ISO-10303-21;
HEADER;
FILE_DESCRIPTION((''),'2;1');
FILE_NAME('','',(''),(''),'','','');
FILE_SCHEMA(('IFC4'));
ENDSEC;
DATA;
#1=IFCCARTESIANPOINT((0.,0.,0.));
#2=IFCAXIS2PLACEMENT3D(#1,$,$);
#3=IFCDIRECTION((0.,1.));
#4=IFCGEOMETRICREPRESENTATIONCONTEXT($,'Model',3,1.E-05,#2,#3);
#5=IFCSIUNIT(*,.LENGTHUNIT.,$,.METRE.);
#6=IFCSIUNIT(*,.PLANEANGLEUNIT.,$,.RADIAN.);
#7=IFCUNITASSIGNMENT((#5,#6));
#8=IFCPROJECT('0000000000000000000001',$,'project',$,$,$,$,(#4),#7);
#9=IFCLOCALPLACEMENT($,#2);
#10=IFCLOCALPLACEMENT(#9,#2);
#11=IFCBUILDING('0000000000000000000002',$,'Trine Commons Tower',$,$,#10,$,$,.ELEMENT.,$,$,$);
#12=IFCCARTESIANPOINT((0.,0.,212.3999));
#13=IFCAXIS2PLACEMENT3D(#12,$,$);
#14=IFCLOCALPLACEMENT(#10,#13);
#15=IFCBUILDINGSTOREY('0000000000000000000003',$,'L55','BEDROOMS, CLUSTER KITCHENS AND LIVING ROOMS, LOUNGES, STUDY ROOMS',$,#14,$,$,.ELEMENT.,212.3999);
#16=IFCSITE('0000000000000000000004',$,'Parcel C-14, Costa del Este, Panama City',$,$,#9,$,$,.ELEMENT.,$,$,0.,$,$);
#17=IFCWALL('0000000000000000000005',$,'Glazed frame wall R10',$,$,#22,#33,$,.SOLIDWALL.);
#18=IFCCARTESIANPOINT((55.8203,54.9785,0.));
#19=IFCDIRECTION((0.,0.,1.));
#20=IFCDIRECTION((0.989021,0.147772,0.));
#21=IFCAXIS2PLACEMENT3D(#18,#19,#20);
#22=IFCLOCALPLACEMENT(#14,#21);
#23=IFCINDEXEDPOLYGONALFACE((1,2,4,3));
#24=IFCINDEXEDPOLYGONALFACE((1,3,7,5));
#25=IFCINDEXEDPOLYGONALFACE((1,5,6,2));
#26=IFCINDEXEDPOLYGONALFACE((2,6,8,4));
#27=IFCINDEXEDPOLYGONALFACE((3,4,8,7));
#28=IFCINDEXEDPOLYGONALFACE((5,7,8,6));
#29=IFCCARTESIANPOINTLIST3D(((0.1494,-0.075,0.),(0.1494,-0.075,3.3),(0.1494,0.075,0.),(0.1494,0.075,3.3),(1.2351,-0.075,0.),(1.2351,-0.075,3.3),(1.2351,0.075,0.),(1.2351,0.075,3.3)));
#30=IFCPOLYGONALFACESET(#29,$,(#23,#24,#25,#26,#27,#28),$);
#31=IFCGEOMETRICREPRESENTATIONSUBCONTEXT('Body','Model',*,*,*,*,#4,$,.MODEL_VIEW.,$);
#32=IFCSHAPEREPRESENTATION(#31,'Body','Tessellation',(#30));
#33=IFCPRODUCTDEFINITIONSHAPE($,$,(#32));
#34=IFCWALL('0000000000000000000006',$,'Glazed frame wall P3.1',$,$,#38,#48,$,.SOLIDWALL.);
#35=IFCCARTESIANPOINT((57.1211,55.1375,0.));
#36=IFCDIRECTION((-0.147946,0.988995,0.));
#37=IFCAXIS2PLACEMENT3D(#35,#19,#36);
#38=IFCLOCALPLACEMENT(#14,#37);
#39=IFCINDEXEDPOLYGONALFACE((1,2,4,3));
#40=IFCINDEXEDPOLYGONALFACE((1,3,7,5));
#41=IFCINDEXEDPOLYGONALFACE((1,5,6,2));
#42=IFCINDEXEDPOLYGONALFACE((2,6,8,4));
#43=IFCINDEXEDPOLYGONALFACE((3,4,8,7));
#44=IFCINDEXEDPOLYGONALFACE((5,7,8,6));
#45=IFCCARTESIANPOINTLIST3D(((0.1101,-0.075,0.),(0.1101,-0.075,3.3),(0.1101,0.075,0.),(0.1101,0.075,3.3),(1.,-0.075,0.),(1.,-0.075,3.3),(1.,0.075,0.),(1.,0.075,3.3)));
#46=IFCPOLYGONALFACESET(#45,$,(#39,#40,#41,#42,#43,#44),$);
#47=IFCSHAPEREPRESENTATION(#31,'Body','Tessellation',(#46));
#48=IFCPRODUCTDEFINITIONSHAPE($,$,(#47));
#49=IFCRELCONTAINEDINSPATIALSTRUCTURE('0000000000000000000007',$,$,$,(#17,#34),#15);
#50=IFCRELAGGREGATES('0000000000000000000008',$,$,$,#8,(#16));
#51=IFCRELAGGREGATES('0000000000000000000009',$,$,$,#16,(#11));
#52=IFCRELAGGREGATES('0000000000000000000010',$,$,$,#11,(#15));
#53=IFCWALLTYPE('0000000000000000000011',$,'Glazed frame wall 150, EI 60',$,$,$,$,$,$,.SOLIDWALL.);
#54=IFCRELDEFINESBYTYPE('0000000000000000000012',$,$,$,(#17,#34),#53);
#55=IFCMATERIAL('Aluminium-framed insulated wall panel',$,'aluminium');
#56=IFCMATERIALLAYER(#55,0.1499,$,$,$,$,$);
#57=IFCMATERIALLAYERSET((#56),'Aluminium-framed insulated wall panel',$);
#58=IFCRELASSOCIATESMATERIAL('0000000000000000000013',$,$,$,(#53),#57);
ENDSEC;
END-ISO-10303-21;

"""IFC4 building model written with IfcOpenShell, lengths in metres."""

from ifc_helpers import new_model, si_unit, direction, frame, origin, place, context, subcontext, project, spatial, polyline, outline, extrude, material, layer, layer_set, type_object, element, save


model = new_model("IFC4")

# Units and contexts
model_context = context("Model", 3, precision=1e-05, world=origin(), true_north=direction((0.0, 1.0)))
body_context = subcontext(model_context, "Body", "Model", "MODEL_VIEW")
ifc_project = project(units=[si_unit("LENGTHUNIT", "METRE"), si_unit("PLANEANGLEUNIT", "RADIAN")], contexts=[model_context])

# Site, building, storey
site_placement = place(None, origin())
site = spatial("IfcSite", under=ifc_project, at=site_placement, Name="Parcel C-14, Costa del Este, Panama City", CompositionType="ELEMENT", RefElevation=0.0)
building_placement = place(site_placement, origin())
building = spatial("IfcBuilding", under=site, at=building_placement, Name="Trine Commons Tower", CompositionType="ELEMENT")
storey_placement = place(building_placement, frame((0.0, 0.0, 212.3999)))
storey = spatial("IfcBuildingStorey", under=building, at=storey_placement, Name="L55", Description="BEDROOMS, CLUSTER KITCHENS AND LIVING ROOMS, LOUNGES, STUDY ROOMS", CompositionType="ELEMENT", Elevation=212.3999)

# Walls
ifc_material_1 = material(Name="Aluminium-framed insulated wall panel", Category="aluminium")
ifc_layer_1 = layer(ifc_material_1, 0.1499)
ifc_layer_set_1 = layer_set([ifc_layer_1], Name="Aluminium-framed insulated wall panel")
wall_type_1 = type_object("IfcWallType", Name="Glazed frame wall 150, EI 60", PredefinedType="SOLIDWALL", material=ifc_layer_set_1)
wall_1_placement = place(storey_placement, frame((55.8203, 54.9785, 0.0), z_axis=(0.0, 0.0, 1.0), x_axis=(0.989021, 0.147772, 0.0)))
element("IfcWall", 1, at=wall_1_placement, inside=storey, type_object=wall_type_1, Name="Glazed frame wall R10", PredefinedType="SOLIDWALL", context=body_context, shape_type="SweptSolid", body=[
    extrude(outline(polyline([(0.1494, 0.075), (0.1494, -0.075), (1.2351, -0.075), (1.2351, 0.075), (0.1494, 0.075)])), origin(), (0.0, 0.0, 1.0), 3.3),
])
wall_2_placement = place(storey_placement, frame((57.1211, 55.1375, 0.0), z_axis=(0.0, 0.0, 1.0), x_axis=(-0.147946, 0.988995, 0.0)))
element("IfcWall", 2, at=wall_2_placement, inside=storey, type_object=wall_type_1, Name="Glazed frame wall P3.1", PredefinedType="SOLIDWALL", context=body_context, shape_type="SweptSolid", body=[
    extrude(outline(polyline([(0.1101, -0.075), (1.0, -0.075), (1.0, 0.075), (0.1101, 0.075), (0.1101, -0.075)])), origin(), (0.0, 0.0, 1.0), 3.3),
])

save(model, "model.ifc")
